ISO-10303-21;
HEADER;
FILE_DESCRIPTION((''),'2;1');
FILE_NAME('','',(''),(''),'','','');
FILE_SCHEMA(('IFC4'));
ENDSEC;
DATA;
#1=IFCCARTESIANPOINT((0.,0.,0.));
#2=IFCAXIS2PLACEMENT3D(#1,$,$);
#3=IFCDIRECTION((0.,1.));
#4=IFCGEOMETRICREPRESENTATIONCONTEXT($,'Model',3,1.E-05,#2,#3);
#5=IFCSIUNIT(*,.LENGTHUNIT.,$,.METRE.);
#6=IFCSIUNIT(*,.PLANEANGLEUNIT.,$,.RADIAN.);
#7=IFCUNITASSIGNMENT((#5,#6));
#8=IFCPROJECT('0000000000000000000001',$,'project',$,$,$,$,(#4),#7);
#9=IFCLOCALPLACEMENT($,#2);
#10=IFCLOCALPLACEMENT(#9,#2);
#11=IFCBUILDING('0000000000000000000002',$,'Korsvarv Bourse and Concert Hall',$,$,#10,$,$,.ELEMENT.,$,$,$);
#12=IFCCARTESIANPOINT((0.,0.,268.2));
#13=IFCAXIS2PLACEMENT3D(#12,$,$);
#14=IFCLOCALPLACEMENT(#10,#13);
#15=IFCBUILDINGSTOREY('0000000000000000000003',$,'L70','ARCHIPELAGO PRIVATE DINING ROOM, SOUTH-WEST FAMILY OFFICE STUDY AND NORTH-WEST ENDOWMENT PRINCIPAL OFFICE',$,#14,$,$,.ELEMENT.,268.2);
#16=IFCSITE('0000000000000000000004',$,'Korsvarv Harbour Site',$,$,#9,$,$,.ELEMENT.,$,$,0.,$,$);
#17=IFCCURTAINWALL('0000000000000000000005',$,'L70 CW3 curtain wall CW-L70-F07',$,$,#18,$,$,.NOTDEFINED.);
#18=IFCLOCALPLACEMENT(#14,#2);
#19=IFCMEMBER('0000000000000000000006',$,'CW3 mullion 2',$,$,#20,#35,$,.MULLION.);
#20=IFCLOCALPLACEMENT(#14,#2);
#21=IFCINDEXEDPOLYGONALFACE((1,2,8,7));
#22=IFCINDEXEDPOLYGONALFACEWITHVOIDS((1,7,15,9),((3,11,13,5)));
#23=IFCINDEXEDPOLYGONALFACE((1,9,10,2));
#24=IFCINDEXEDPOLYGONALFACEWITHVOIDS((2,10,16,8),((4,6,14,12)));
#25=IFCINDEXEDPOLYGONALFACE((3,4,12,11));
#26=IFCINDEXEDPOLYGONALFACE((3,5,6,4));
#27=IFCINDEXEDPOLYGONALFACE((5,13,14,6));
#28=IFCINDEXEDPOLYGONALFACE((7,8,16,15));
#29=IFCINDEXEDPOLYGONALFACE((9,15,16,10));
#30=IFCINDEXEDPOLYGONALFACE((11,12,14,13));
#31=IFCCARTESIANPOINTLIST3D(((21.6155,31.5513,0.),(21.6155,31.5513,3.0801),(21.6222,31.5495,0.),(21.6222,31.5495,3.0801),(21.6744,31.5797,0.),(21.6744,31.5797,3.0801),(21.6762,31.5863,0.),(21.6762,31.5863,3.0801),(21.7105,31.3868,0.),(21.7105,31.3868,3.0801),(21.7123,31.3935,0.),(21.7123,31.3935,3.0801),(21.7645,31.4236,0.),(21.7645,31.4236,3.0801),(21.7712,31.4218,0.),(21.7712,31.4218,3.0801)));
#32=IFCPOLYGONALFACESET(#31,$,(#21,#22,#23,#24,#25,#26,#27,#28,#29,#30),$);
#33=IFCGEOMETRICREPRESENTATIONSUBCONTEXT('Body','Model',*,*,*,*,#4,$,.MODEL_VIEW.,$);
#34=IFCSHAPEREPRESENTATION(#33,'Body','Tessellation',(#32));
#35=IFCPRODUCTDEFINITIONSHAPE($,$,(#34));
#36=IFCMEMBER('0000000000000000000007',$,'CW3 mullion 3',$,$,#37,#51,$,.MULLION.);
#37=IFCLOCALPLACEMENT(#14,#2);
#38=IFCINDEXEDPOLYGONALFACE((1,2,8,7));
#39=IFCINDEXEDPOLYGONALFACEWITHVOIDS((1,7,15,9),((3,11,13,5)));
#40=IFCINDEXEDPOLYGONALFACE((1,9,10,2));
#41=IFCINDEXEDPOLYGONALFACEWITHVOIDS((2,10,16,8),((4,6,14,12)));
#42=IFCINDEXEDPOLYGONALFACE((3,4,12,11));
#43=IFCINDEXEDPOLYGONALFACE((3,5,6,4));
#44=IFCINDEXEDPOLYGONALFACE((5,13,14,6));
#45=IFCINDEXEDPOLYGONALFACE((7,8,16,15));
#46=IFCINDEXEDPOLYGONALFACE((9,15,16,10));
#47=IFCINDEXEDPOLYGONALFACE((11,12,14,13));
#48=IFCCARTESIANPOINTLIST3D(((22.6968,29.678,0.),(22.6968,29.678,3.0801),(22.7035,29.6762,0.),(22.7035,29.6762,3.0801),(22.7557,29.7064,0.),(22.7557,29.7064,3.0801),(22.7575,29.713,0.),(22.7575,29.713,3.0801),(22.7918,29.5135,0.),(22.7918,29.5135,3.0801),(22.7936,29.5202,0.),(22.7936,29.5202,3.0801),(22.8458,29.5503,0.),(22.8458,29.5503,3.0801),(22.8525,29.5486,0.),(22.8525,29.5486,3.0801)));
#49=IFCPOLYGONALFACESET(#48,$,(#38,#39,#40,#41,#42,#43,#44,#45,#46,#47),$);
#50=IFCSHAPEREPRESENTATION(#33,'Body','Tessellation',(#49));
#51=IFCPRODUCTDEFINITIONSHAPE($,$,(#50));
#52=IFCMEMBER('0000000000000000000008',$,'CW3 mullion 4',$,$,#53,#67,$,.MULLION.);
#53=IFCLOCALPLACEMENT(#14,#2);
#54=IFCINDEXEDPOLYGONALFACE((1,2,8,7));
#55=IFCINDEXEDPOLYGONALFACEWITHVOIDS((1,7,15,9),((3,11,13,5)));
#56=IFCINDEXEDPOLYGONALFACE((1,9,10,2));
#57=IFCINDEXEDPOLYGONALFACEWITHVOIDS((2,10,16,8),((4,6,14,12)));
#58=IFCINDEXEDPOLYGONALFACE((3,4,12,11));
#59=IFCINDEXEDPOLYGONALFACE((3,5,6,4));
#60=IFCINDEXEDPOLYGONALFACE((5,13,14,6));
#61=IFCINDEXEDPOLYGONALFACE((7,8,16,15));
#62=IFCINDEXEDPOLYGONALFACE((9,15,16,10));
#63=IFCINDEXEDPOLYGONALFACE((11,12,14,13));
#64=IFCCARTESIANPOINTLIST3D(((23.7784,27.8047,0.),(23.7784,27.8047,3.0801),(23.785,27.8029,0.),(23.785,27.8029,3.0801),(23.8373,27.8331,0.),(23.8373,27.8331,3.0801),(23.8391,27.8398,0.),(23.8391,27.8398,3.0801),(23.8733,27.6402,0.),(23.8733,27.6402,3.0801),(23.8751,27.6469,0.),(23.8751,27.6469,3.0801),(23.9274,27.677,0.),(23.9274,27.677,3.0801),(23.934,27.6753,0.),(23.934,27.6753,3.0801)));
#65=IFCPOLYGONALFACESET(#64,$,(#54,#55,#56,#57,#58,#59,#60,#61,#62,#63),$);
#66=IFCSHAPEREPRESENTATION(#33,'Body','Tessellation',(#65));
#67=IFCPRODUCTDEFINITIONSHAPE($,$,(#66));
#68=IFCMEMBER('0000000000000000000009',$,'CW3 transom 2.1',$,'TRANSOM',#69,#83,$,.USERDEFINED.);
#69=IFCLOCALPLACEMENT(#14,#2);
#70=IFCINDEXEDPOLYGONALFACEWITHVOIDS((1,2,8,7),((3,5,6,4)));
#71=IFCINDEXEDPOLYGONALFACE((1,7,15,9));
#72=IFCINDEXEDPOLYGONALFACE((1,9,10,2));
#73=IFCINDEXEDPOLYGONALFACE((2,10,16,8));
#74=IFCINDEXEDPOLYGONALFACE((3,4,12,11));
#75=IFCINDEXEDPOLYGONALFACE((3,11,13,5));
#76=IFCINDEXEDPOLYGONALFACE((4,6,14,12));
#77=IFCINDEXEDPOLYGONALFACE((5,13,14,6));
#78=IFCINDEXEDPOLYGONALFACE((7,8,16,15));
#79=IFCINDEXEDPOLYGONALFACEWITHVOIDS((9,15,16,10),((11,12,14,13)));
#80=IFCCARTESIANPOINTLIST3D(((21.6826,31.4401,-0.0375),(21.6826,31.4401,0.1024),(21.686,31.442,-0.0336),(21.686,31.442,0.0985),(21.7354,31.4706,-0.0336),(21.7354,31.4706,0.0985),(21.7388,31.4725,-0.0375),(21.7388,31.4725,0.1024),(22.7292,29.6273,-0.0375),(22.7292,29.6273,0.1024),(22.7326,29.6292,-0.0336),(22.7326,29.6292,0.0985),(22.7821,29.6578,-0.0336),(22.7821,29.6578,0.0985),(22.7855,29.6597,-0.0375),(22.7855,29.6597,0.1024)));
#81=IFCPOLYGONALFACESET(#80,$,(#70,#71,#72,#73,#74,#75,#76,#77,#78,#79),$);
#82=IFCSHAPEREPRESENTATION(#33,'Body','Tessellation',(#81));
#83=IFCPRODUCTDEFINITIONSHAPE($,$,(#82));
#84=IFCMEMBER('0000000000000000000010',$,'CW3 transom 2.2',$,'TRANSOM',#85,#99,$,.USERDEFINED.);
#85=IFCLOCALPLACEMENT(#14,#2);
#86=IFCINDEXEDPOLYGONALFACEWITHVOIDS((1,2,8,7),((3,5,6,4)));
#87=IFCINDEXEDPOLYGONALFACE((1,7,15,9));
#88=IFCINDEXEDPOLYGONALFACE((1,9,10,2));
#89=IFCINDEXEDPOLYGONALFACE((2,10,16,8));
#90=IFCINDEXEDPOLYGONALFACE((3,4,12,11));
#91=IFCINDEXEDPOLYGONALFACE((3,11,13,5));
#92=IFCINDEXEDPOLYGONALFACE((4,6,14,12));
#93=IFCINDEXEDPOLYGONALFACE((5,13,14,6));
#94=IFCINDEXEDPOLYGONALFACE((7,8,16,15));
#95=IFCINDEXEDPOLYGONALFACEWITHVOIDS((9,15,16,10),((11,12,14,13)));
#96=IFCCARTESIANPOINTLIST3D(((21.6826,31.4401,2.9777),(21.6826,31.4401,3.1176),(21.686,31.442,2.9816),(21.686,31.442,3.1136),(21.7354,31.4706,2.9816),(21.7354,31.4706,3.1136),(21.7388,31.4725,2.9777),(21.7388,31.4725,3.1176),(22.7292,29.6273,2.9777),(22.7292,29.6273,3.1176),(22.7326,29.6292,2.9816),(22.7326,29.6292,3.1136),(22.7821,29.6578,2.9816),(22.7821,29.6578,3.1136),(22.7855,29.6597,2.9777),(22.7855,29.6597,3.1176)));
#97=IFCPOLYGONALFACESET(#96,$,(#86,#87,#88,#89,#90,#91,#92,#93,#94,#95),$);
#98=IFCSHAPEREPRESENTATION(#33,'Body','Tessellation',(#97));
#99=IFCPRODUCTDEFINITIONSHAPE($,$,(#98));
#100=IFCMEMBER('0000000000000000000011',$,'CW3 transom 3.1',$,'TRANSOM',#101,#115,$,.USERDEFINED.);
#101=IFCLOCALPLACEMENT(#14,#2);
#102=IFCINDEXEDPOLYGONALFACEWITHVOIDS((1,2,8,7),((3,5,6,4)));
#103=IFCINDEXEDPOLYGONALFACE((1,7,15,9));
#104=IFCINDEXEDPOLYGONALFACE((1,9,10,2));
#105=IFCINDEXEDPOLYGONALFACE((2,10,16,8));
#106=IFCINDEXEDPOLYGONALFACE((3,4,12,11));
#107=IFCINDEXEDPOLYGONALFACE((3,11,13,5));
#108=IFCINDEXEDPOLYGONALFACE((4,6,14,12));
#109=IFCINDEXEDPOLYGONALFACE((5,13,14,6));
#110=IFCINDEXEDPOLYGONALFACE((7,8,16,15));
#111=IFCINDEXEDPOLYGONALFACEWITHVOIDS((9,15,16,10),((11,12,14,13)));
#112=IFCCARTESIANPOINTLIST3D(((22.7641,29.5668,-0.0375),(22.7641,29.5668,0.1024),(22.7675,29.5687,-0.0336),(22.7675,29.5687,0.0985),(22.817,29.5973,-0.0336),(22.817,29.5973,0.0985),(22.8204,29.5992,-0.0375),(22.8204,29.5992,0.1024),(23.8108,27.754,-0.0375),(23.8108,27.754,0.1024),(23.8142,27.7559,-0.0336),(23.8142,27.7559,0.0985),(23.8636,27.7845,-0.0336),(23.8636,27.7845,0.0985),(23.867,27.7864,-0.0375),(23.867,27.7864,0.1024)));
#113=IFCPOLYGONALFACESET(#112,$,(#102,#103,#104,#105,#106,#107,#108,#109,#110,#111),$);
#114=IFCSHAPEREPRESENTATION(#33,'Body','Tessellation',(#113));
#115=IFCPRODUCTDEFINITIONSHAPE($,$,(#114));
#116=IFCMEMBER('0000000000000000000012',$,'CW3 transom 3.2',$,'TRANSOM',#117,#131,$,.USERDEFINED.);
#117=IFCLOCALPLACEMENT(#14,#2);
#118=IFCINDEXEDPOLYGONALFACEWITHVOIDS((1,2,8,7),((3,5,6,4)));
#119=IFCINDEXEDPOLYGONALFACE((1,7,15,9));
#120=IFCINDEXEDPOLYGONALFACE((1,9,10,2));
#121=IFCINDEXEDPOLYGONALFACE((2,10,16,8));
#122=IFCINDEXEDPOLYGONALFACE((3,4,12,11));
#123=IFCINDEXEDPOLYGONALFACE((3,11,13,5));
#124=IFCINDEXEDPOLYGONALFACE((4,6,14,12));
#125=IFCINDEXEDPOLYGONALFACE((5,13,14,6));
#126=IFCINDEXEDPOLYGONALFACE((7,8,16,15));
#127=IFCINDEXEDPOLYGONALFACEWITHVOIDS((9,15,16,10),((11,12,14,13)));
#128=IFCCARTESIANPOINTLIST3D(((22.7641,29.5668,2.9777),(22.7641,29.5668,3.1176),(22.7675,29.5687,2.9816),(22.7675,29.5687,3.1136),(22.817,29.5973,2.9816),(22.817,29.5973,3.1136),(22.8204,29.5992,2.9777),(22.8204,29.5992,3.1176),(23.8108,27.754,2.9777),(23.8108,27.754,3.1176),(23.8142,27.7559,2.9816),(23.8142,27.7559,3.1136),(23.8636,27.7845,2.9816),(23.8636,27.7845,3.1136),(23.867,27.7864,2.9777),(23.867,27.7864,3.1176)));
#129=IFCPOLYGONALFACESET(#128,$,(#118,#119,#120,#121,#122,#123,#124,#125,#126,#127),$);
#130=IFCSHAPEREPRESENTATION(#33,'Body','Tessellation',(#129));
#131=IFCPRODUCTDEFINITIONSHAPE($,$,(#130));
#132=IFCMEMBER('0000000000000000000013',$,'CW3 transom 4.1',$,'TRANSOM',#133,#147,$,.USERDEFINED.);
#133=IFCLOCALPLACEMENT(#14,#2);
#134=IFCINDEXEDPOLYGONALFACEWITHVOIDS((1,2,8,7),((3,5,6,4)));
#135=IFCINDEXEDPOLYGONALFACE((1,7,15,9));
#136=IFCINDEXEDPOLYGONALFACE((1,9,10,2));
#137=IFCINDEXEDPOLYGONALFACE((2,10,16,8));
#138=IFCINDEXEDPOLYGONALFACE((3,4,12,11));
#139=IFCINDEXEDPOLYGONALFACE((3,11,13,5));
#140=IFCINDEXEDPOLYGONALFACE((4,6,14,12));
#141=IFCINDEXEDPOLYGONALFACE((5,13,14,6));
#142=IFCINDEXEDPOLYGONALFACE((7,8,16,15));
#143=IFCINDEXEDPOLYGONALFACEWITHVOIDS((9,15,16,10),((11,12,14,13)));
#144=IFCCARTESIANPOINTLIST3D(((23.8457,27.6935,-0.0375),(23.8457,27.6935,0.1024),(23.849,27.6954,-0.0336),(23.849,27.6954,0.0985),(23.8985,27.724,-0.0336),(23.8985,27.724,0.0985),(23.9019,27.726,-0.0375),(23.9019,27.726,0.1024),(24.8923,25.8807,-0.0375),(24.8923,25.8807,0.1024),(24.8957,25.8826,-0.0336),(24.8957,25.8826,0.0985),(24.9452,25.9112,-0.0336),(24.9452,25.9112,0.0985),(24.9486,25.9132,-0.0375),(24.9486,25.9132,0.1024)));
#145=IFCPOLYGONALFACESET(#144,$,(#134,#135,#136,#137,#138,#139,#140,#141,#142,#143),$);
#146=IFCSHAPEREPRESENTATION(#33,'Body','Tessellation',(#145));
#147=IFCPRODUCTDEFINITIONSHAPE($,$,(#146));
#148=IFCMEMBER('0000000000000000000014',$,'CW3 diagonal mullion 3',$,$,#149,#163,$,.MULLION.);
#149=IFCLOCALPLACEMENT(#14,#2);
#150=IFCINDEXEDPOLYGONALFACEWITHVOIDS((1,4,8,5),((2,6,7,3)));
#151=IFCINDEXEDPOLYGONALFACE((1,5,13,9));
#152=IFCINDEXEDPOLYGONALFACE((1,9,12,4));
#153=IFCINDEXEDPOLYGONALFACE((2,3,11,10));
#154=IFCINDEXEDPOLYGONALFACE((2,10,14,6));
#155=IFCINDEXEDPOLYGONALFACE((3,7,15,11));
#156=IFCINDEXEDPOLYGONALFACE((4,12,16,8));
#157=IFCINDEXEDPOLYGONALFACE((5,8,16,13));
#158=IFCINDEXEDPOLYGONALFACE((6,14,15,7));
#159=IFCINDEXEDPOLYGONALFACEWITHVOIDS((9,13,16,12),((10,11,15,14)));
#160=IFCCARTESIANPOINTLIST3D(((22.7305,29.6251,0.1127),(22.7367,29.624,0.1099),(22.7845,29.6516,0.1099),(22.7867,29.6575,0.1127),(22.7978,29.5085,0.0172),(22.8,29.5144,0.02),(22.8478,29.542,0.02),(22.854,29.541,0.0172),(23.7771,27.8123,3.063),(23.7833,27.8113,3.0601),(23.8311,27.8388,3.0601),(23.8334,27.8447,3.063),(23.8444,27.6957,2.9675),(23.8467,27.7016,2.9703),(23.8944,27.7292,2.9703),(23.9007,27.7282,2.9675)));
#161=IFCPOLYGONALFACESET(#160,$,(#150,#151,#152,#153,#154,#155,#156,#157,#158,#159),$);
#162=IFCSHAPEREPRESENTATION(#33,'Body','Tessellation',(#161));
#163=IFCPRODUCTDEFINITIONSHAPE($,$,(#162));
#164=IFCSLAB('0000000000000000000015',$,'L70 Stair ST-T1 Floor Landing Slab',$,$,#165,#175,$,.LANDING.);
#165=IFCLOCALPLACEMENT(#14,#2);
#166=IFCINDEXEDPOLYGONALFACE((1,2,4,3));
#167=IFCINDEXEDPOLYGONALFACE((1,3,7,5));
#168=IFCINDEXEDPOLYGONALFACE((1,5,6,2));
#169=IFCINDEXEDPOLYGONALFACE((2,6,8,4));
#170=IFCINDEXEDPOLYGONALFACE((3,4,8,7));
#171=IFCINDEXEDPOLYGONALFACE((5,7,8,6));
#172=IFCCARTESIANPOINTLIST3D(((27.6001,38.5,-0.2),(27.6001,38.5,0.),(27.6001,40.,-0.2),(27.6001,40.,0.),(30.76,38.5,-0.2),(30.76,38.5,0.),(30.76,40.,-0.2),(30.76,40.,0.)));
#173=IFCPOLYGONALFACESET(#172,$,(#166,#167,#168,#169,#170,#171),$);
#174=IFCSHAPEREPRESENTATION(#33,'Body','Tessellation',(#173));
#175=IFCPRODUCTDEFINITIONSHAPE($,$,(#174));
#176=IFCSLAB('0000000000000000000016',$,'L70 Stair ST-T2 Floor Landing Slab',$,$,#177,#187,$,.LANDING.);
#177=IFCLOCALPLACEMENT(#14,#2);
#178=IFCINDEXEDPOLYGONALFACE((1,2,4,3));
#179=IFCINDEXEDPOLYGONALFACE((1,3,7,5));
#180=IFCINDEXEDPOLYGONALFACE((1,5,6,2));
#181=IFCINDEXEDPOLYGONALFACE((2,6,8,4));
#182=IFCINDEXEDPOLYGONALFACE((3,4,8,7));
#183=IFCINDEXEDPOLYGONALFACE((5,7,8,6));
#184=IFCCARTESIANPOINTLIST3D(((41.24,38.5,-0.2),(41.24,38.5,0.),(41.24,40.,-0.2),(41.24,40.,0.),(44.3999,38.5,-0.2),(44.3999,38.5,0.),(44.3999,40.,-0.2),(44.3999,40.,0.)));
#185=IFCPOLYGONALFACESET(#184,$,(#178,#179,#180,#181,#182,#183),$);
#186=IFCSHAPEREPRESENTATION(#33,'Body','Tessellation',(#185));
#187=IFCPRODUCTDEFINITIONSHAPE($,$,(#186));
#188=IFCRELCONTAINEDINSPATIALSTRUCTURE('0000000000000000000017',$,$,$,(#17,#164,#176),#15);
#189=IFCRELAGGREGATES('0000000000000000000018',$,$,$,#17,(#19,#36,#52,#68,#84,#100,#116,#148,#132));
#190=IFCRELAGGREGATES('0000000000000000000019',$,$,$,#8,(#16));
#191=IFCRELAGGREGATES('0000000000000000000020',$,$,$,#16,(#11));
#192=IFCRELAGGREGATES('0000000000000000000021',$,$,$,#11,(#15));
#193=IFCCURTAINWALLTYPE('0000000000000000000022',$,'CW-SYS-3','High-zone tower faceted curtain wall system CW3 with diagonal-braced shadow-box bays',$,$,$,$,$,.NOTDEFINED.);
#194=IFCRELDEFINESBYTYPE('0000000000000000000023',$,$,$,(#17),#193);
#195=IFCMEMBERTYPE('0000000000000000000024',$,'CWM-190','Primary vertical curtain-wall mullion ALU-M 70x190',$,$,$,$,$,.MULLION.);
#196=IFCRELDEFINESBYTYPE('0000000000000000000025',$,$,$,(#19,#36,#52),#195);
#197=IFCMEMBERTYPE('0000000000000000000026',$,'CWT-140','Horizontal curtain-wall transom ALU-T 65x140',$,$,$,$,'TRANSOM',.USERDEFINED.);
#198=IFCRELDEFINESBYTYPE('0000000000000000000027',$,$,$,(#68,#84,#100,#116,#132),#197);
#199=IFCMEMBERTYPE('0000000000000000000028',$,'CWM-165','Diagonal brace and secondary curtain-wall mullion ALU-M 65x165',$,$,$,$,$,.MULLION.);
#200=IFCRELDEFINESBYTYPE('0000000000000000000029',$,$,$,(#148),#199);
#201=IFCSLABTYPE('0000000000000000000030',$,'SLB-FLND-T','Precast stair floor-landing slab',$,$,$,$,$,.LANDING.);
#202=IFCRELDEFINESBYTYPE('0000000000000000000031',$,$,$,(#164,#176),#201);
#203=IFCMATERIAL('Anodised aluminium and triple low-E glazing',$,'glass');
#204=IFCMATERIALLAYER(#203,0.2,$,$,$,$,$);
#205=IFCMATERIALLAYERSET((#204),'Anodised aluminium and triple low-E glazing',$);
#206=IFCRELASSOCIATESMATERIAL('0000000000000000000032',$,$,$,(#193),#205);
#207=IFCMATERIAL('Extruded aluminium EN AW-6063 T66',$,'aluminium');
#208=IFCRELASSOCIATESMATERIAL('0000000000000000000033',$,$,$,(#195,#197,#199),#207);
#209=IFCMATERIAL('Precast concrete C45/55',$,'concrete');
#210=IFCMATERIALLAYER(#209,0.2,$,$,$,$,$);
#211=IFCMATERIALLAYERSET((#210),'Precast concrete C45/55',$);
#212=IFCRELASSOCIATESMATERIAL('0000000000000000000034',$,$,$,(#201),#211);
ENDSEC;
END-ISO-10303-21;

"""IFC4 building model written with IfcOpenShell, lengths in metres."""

from ifc_helpers import new_model, si_unit, direction, frame, origin, origin_2d, place, context, subcontext, project, spatial, polyline, hollow_rectangle, outline, extrude, source, transform, mapped, material, layer, layer_set, material_profile, profile_set, type_object, element, aggregate, save


model = new_model("IFC4")

# Units and contexts
model_context = context("Model", 3, precision=1e-05, world=origin(), true_north=direction((0.0, 1.0)))
body_context = subcontext(model_context, "Body", "Model", "MODEL_VIEW")
ifc_project = project(units=[si_unit("LENGTHUNIT", "METRE"), si_unit("PLANEANGLEUNIT", "RADIAN")], contexts=[model_context])

# Site, building, storey
site_placement = place(None, origin())
site = spatial("IfcSite", under=ifc_project, at=site_placement, Name="Korsvarv Harbour Site", CompositionType="ELEMENT", RefElevation=0.0)
building_placement = place(site_placement, origin())
building = spatial("IfcBuilding", under=site, at=building_placement, Name="Korsvarv Bourse and Concert Hall", CompositionType="ELEMENT")
storey_placement = place(building_placement, frame((0.0, 0.0, 268.2)))
storey = spatial("IfcBuildingStorey", under=building, at=storey_placement, Name="L70", Description="ARCHIPELAGO PRIVATE DINING ROOM, SOUTH-WEST FAMILY OFFICE STUDY AND NORTH-WEST ENDOWMENT PRINCIPAL OFFICE", CompositionType="ELEMENT", Elevation=268.2)

# Curtain wall, members
ifc_material_1 = material(Name="Anodised aluminium and triple low-E glazing", Category="glass")
ifc_layer_1 = layer(ifc_material_1, 0.2)
ifc_layer_set_1 = layer_set([ifc_layer_1], Name="Anodised aluminium and triple low-E glazing")
curtain_wall_type = type_object("IfcCurtainWallType", Name="CW-SYS-3", Description="High-zone tower faceted curtain wall system CW3 with diagonal-braced shadow-box bays", PredefinedType="NOTDEFINED", material=ifc_layer_set_1)
curtain_wall_placement = place(storey_placement, origin())
curtain_wall = element("IfcCurtainWall", 1, at=curtain_wall_placement, inside=storey, type_object=curtain_wall_type, Name="L70 CW3 curtain wall CW-L70-F07", PredefinedType="NOTDEFINED")
ifc_material_2 = material(Name="Extruded aluminium EN AW-6063 T66", Category="aluminium")
ifc_material_profile_1 = material_profile(ifc_material_2, hollow_rectangle(XDim=0.0701, YDim=0.1899, WallThickness=0.0049, at=origin_2d()), Name="ALU-M 70x190")
ifc_profile_set_1 = profile_set([ifc_material_profile_1], Name="Extruded aluminium EN AW-6063 T66")
member_type_1 = type_object("IfcMemberType", Name="CWM-190", Description="Primary vertical curtain-wall mullion ALU-M 70x190", PredefinedType="MULLION", material=ifc_profile_set_1)
shared_shape_1 = source(origin(), body_context, "Body", "SweptSolid", [
    extrude(hollow_rectangle(XDim=0.0701, YDim=0.1899, WallThickness=0.0049, at=origin_2d()), origin(), (0.0, 0.0, 1.0), 3.0801),
])
member_1_placement = place(storey_placement, frame((21.6934, 31.4866, 0.0), z_axis=(0.0, 0.0, 1.0), x_axis=(0.866023, 0.500004, 0.0)))
member_1 = element("IfcMember", 2, at=member_1_placement, type_object=member_type_1, Name="CW3 mullion 2", PredefinedType="MULLION", context=body_context, shape_type="MappedRepresentation", body=[
    mapped(shared_shape_1, transform((0.0, 0.0, 0.0), scale=1.0)),
])
member_2_placement = place(storey_placement, frame((22.7747, 29.6133, 0.0), z_axis=(0.0, 0.0, 1.0), x_axis=(0.866023, 0.500004, 0.0)))
member_2 = element("IfcMember", 3, at=member_2_placement, type_object=member_type_1, Name="CW3 mullion 3", PredefinedType="MULLION", context=body_context, shape_type="MappedRepresentation", body=[
    mapped(shared_shape_1, transform((0.0, 0.0, 0.0), scale=1.0)),
])
member_3_placement = place(storey_placement, frame((23.8562, 27.74, 0.0), z_axis=(0.0, 0.0, 1.0), x_axis=(0.866023, 0.500004, 0.0)))
member_3 = element("IfcMember", 4, at=member_3_placement, type_object=member_type_1, Name="CW3 mullion 4", PredefinedType="MULLION", context=body_context, shape_type="MappedRepresentation", body=[
    mapped(shared_shape_1, transform((0.0, 0.0, 0.0), scale=1.0)),
])
ifc_material_profile_2 = material_profile(ifc_material_2, hollow_rectangle(XDim=0.0649, YDim=0.1399, WallThickness=0.0039, at=origin_2d()), Name="ALU-T 65x140")
ifc_profile_set_2 = profile_set([ifc_material_profile_2], Name="Extruded aluminium EN AW-6063 T66")
member_type_2 = type_object("IfcMemberType", Name="CWT-140", Description="Horizontal curtain-wall transom ALU-T 65x140", ElementType="TRANSOM", PredefinedType="USERDEFINED", material=ifc_profile_set_2)
shared_shape_2 = source(origin(), body_context, "Body", "SweptSolid", [
    extrude(hollow_rectangle(XDim=0.0649, YDim=0.1399, WallThickness=0.0039, at=origin_2d()), origin(), (0.0, 0.0, 1.0), 2.0933),
])
member_4_placement = place(storey_placement, frame((21.7107, 31.4563, 0.0325), z_axis=(0.500015, -0.866017, 0.0), x_axis=(0.866017, 0.500015, 0.0)))
member_4 = element("IfcMember", 5, at=member_4_placement, type_object=member_type_2, Name="CW3 transom 2.1", ObjectType="TRANSOM", PredefinedType="USERDEFINED", context=body_context, shape_type="MappedRepresentation", body=[
    mapped(shared_shape_2, transform((0.0, 0.0, 0.0), scale=1.0)),
])
member_5_placement = place(storey_placement, frame((21.7107, 31.4563, 3.0476), z_axis=(0.500015, -0.866017, 0.0), x_axis=(0.866017, 0.500015, 0.0)))
member_5 = element("IfcMember", 6, at=member_5_placement, type_object=member_type_2, Name="CW3 transom 2.2", ObjectType="TRANSOM", PredefinedType="USERDEFINED", context=body_context, shape_type="MappedRepresentation", body=[
    mapped(shared_shape_2, transform((0.0, 0.0, 0.0), scale=1.0)),
])
member_6_placement = place(storey_placement, frame((22.7922, 29.583, 0.0325), z_axis=(0.500015, -0.866017, 0.0), x_axis=(0.866017, 0.500015, 0.0)))
member_6 = element("IfcMember", 7, at=member_6_placement, type_object=member_type_2, Name="CW3 transom 3.1", ObjectType="TRANSOM", PredefinedType="USERDEFINED", context=body_context, shape_type="MappedRepresentation", body=[
    mapped(shared_shape_2, transform((0.0, 0.0, 0.0), scale=1.0)),
])
member_7_placement = place(storey_placement, frame((22.7922, 29.583, 3.0476), z_axis=(0.500015, -0.866017, 0.0), x_axis=(0.866017, 0.500015, 0.0)))
member_7 = element("IfcMember", 8, at=member_7_placement, type_object=member_type_2, Name="CW3 transom 3.2", ObjectType="TRANSOM", PredefinedType="USERDEFINED", context=body_context, shape_type="MappedRepresentation", body=[
    mapped(shared_shape_2, transform((0.0, 0.0, 0.0), scale=1.0)),
])
member_8_placement = place(storey_placement, frame((23.8738, 27.7097, 0.0325), z_axis=(0.500015, -0.866017, 0.0), x_axis=(0.866017, 0.500015, 0.0)))
member_8 = element("IfcMember", 9, at=member_8_placement, type_object=member_type_2, Name="CW3 transom 4.1", ObjectType="TRANSOM", PredefinedType="USERDEFINED", context=body_context, shape_type="MappedRepresentation", body=[
    mapped(shared_shape_2, transform((0.0, 0.0, 0.0), scale=1.0)),
])
ifc_material_profile_3 = material_profile(ifc_material_2, hollow_rectangle(XDim=0.0649, YDim=0.165, WallThickness=0.0049, at=origin_2d()), Name="ALU-M 65x165")
ifc_profile_set_3 = profile_set([ifc_material_profile_3], Name="Extruded aluminium EN AW-6063 T66")
member_type_3 = type_object("IfcMemberType", Name="CWM-165", Description="Diagonal brace and secondary curtain-wall mullion ALU-M 65x165", PredefinedType="MULLION", material=ifc_profile_set_3)
shared_shape_3 = source(origin(), body_context, "Body", "SweptSolid", [
    extrude(hollow_rectangle(XDim=0.0649, YDim=0.165, WallThickness=0.0049, at=origin_2d()), origin(), (0.0, 0.0, 1.0), 3.6174),
])
member_9_placement = place(storey_placement, frame((22.7922, 29.583, 0.0649), z_axis=(0.289337, -0.501127, 0.815571), x_axis=(0.866017, 0.500015, 0.0)))
member_9 = element("IfcMember", 10, at=member_9_placement, type_object=member_type_3, Name="CW3 diagonal mullion 3", PredefinedType="MULLION", context=body_context, shape_type="MappedRepresentation", body=[
    mapped(shared_shape_3, transform((0.0, 0.0, 0.0), scale=1.0)),
])

# Slabs
ifc_material_3 = material(Name="Precast concrete C45/55", Category="concrete")
ifc_layer_2 = layer(ifc_material_3, 0.2)
ifc_layer_set_2 = layer_set([ifc_layer_2], Name="Precast concrete C45/55")
slab_type_1 = type_object("IfcSlabType", Name="SLB-FLND-T", Description="Precast stair floor-landing slab", PredefinedType="LANDING", material=ifc_layer_set_2)
slab_1_placement = place(storey_placement, frame((0.0, 0.0, -0.2)))
element("IfcSlab", 11, at=slab_1_placement, inside=storey, type_object=slab_type_1, Name="L70 Stair ST-T1 Floor Landing Slab", PredefinedType="LANDING", context=body_context, shape_type="SweptSolid", body=[
    extrude(outline(polyline([(30.76, 38.5), (30.76, 40.0), (27.6001, 40.0), (27.6001, 38.5), (30.76, 38.5)])), origin(), (0.0, 0.0, 1.0), 0.2),
])
slab_2_placement = place(storey_placement, frame((0.0, 0.0, -0.2)))
element("IfcSlab", 12, at=slab_2_placement, inside=storey, type_object=slab_type_1, Name="L70 Stair ST-T2 Floor Landing Slab", PredefinedType="LANDING", context=body_context, shape_type="SweptSolid", body=[
    extrude(outline(polyline([(44.3999, 38.5), (44.3999, 40.0), (41.24, 40.0), (41.24, 38.5), (44.3999, 38.5)])), origin(), (0.0, 0.0, 1.0), 0.2),
])

aggregate(curtain_wall, [member_1, member_2, member_3, member_4, member_5, member_6, member_7, member_9, member_8])

save(model, "model.ifc")
